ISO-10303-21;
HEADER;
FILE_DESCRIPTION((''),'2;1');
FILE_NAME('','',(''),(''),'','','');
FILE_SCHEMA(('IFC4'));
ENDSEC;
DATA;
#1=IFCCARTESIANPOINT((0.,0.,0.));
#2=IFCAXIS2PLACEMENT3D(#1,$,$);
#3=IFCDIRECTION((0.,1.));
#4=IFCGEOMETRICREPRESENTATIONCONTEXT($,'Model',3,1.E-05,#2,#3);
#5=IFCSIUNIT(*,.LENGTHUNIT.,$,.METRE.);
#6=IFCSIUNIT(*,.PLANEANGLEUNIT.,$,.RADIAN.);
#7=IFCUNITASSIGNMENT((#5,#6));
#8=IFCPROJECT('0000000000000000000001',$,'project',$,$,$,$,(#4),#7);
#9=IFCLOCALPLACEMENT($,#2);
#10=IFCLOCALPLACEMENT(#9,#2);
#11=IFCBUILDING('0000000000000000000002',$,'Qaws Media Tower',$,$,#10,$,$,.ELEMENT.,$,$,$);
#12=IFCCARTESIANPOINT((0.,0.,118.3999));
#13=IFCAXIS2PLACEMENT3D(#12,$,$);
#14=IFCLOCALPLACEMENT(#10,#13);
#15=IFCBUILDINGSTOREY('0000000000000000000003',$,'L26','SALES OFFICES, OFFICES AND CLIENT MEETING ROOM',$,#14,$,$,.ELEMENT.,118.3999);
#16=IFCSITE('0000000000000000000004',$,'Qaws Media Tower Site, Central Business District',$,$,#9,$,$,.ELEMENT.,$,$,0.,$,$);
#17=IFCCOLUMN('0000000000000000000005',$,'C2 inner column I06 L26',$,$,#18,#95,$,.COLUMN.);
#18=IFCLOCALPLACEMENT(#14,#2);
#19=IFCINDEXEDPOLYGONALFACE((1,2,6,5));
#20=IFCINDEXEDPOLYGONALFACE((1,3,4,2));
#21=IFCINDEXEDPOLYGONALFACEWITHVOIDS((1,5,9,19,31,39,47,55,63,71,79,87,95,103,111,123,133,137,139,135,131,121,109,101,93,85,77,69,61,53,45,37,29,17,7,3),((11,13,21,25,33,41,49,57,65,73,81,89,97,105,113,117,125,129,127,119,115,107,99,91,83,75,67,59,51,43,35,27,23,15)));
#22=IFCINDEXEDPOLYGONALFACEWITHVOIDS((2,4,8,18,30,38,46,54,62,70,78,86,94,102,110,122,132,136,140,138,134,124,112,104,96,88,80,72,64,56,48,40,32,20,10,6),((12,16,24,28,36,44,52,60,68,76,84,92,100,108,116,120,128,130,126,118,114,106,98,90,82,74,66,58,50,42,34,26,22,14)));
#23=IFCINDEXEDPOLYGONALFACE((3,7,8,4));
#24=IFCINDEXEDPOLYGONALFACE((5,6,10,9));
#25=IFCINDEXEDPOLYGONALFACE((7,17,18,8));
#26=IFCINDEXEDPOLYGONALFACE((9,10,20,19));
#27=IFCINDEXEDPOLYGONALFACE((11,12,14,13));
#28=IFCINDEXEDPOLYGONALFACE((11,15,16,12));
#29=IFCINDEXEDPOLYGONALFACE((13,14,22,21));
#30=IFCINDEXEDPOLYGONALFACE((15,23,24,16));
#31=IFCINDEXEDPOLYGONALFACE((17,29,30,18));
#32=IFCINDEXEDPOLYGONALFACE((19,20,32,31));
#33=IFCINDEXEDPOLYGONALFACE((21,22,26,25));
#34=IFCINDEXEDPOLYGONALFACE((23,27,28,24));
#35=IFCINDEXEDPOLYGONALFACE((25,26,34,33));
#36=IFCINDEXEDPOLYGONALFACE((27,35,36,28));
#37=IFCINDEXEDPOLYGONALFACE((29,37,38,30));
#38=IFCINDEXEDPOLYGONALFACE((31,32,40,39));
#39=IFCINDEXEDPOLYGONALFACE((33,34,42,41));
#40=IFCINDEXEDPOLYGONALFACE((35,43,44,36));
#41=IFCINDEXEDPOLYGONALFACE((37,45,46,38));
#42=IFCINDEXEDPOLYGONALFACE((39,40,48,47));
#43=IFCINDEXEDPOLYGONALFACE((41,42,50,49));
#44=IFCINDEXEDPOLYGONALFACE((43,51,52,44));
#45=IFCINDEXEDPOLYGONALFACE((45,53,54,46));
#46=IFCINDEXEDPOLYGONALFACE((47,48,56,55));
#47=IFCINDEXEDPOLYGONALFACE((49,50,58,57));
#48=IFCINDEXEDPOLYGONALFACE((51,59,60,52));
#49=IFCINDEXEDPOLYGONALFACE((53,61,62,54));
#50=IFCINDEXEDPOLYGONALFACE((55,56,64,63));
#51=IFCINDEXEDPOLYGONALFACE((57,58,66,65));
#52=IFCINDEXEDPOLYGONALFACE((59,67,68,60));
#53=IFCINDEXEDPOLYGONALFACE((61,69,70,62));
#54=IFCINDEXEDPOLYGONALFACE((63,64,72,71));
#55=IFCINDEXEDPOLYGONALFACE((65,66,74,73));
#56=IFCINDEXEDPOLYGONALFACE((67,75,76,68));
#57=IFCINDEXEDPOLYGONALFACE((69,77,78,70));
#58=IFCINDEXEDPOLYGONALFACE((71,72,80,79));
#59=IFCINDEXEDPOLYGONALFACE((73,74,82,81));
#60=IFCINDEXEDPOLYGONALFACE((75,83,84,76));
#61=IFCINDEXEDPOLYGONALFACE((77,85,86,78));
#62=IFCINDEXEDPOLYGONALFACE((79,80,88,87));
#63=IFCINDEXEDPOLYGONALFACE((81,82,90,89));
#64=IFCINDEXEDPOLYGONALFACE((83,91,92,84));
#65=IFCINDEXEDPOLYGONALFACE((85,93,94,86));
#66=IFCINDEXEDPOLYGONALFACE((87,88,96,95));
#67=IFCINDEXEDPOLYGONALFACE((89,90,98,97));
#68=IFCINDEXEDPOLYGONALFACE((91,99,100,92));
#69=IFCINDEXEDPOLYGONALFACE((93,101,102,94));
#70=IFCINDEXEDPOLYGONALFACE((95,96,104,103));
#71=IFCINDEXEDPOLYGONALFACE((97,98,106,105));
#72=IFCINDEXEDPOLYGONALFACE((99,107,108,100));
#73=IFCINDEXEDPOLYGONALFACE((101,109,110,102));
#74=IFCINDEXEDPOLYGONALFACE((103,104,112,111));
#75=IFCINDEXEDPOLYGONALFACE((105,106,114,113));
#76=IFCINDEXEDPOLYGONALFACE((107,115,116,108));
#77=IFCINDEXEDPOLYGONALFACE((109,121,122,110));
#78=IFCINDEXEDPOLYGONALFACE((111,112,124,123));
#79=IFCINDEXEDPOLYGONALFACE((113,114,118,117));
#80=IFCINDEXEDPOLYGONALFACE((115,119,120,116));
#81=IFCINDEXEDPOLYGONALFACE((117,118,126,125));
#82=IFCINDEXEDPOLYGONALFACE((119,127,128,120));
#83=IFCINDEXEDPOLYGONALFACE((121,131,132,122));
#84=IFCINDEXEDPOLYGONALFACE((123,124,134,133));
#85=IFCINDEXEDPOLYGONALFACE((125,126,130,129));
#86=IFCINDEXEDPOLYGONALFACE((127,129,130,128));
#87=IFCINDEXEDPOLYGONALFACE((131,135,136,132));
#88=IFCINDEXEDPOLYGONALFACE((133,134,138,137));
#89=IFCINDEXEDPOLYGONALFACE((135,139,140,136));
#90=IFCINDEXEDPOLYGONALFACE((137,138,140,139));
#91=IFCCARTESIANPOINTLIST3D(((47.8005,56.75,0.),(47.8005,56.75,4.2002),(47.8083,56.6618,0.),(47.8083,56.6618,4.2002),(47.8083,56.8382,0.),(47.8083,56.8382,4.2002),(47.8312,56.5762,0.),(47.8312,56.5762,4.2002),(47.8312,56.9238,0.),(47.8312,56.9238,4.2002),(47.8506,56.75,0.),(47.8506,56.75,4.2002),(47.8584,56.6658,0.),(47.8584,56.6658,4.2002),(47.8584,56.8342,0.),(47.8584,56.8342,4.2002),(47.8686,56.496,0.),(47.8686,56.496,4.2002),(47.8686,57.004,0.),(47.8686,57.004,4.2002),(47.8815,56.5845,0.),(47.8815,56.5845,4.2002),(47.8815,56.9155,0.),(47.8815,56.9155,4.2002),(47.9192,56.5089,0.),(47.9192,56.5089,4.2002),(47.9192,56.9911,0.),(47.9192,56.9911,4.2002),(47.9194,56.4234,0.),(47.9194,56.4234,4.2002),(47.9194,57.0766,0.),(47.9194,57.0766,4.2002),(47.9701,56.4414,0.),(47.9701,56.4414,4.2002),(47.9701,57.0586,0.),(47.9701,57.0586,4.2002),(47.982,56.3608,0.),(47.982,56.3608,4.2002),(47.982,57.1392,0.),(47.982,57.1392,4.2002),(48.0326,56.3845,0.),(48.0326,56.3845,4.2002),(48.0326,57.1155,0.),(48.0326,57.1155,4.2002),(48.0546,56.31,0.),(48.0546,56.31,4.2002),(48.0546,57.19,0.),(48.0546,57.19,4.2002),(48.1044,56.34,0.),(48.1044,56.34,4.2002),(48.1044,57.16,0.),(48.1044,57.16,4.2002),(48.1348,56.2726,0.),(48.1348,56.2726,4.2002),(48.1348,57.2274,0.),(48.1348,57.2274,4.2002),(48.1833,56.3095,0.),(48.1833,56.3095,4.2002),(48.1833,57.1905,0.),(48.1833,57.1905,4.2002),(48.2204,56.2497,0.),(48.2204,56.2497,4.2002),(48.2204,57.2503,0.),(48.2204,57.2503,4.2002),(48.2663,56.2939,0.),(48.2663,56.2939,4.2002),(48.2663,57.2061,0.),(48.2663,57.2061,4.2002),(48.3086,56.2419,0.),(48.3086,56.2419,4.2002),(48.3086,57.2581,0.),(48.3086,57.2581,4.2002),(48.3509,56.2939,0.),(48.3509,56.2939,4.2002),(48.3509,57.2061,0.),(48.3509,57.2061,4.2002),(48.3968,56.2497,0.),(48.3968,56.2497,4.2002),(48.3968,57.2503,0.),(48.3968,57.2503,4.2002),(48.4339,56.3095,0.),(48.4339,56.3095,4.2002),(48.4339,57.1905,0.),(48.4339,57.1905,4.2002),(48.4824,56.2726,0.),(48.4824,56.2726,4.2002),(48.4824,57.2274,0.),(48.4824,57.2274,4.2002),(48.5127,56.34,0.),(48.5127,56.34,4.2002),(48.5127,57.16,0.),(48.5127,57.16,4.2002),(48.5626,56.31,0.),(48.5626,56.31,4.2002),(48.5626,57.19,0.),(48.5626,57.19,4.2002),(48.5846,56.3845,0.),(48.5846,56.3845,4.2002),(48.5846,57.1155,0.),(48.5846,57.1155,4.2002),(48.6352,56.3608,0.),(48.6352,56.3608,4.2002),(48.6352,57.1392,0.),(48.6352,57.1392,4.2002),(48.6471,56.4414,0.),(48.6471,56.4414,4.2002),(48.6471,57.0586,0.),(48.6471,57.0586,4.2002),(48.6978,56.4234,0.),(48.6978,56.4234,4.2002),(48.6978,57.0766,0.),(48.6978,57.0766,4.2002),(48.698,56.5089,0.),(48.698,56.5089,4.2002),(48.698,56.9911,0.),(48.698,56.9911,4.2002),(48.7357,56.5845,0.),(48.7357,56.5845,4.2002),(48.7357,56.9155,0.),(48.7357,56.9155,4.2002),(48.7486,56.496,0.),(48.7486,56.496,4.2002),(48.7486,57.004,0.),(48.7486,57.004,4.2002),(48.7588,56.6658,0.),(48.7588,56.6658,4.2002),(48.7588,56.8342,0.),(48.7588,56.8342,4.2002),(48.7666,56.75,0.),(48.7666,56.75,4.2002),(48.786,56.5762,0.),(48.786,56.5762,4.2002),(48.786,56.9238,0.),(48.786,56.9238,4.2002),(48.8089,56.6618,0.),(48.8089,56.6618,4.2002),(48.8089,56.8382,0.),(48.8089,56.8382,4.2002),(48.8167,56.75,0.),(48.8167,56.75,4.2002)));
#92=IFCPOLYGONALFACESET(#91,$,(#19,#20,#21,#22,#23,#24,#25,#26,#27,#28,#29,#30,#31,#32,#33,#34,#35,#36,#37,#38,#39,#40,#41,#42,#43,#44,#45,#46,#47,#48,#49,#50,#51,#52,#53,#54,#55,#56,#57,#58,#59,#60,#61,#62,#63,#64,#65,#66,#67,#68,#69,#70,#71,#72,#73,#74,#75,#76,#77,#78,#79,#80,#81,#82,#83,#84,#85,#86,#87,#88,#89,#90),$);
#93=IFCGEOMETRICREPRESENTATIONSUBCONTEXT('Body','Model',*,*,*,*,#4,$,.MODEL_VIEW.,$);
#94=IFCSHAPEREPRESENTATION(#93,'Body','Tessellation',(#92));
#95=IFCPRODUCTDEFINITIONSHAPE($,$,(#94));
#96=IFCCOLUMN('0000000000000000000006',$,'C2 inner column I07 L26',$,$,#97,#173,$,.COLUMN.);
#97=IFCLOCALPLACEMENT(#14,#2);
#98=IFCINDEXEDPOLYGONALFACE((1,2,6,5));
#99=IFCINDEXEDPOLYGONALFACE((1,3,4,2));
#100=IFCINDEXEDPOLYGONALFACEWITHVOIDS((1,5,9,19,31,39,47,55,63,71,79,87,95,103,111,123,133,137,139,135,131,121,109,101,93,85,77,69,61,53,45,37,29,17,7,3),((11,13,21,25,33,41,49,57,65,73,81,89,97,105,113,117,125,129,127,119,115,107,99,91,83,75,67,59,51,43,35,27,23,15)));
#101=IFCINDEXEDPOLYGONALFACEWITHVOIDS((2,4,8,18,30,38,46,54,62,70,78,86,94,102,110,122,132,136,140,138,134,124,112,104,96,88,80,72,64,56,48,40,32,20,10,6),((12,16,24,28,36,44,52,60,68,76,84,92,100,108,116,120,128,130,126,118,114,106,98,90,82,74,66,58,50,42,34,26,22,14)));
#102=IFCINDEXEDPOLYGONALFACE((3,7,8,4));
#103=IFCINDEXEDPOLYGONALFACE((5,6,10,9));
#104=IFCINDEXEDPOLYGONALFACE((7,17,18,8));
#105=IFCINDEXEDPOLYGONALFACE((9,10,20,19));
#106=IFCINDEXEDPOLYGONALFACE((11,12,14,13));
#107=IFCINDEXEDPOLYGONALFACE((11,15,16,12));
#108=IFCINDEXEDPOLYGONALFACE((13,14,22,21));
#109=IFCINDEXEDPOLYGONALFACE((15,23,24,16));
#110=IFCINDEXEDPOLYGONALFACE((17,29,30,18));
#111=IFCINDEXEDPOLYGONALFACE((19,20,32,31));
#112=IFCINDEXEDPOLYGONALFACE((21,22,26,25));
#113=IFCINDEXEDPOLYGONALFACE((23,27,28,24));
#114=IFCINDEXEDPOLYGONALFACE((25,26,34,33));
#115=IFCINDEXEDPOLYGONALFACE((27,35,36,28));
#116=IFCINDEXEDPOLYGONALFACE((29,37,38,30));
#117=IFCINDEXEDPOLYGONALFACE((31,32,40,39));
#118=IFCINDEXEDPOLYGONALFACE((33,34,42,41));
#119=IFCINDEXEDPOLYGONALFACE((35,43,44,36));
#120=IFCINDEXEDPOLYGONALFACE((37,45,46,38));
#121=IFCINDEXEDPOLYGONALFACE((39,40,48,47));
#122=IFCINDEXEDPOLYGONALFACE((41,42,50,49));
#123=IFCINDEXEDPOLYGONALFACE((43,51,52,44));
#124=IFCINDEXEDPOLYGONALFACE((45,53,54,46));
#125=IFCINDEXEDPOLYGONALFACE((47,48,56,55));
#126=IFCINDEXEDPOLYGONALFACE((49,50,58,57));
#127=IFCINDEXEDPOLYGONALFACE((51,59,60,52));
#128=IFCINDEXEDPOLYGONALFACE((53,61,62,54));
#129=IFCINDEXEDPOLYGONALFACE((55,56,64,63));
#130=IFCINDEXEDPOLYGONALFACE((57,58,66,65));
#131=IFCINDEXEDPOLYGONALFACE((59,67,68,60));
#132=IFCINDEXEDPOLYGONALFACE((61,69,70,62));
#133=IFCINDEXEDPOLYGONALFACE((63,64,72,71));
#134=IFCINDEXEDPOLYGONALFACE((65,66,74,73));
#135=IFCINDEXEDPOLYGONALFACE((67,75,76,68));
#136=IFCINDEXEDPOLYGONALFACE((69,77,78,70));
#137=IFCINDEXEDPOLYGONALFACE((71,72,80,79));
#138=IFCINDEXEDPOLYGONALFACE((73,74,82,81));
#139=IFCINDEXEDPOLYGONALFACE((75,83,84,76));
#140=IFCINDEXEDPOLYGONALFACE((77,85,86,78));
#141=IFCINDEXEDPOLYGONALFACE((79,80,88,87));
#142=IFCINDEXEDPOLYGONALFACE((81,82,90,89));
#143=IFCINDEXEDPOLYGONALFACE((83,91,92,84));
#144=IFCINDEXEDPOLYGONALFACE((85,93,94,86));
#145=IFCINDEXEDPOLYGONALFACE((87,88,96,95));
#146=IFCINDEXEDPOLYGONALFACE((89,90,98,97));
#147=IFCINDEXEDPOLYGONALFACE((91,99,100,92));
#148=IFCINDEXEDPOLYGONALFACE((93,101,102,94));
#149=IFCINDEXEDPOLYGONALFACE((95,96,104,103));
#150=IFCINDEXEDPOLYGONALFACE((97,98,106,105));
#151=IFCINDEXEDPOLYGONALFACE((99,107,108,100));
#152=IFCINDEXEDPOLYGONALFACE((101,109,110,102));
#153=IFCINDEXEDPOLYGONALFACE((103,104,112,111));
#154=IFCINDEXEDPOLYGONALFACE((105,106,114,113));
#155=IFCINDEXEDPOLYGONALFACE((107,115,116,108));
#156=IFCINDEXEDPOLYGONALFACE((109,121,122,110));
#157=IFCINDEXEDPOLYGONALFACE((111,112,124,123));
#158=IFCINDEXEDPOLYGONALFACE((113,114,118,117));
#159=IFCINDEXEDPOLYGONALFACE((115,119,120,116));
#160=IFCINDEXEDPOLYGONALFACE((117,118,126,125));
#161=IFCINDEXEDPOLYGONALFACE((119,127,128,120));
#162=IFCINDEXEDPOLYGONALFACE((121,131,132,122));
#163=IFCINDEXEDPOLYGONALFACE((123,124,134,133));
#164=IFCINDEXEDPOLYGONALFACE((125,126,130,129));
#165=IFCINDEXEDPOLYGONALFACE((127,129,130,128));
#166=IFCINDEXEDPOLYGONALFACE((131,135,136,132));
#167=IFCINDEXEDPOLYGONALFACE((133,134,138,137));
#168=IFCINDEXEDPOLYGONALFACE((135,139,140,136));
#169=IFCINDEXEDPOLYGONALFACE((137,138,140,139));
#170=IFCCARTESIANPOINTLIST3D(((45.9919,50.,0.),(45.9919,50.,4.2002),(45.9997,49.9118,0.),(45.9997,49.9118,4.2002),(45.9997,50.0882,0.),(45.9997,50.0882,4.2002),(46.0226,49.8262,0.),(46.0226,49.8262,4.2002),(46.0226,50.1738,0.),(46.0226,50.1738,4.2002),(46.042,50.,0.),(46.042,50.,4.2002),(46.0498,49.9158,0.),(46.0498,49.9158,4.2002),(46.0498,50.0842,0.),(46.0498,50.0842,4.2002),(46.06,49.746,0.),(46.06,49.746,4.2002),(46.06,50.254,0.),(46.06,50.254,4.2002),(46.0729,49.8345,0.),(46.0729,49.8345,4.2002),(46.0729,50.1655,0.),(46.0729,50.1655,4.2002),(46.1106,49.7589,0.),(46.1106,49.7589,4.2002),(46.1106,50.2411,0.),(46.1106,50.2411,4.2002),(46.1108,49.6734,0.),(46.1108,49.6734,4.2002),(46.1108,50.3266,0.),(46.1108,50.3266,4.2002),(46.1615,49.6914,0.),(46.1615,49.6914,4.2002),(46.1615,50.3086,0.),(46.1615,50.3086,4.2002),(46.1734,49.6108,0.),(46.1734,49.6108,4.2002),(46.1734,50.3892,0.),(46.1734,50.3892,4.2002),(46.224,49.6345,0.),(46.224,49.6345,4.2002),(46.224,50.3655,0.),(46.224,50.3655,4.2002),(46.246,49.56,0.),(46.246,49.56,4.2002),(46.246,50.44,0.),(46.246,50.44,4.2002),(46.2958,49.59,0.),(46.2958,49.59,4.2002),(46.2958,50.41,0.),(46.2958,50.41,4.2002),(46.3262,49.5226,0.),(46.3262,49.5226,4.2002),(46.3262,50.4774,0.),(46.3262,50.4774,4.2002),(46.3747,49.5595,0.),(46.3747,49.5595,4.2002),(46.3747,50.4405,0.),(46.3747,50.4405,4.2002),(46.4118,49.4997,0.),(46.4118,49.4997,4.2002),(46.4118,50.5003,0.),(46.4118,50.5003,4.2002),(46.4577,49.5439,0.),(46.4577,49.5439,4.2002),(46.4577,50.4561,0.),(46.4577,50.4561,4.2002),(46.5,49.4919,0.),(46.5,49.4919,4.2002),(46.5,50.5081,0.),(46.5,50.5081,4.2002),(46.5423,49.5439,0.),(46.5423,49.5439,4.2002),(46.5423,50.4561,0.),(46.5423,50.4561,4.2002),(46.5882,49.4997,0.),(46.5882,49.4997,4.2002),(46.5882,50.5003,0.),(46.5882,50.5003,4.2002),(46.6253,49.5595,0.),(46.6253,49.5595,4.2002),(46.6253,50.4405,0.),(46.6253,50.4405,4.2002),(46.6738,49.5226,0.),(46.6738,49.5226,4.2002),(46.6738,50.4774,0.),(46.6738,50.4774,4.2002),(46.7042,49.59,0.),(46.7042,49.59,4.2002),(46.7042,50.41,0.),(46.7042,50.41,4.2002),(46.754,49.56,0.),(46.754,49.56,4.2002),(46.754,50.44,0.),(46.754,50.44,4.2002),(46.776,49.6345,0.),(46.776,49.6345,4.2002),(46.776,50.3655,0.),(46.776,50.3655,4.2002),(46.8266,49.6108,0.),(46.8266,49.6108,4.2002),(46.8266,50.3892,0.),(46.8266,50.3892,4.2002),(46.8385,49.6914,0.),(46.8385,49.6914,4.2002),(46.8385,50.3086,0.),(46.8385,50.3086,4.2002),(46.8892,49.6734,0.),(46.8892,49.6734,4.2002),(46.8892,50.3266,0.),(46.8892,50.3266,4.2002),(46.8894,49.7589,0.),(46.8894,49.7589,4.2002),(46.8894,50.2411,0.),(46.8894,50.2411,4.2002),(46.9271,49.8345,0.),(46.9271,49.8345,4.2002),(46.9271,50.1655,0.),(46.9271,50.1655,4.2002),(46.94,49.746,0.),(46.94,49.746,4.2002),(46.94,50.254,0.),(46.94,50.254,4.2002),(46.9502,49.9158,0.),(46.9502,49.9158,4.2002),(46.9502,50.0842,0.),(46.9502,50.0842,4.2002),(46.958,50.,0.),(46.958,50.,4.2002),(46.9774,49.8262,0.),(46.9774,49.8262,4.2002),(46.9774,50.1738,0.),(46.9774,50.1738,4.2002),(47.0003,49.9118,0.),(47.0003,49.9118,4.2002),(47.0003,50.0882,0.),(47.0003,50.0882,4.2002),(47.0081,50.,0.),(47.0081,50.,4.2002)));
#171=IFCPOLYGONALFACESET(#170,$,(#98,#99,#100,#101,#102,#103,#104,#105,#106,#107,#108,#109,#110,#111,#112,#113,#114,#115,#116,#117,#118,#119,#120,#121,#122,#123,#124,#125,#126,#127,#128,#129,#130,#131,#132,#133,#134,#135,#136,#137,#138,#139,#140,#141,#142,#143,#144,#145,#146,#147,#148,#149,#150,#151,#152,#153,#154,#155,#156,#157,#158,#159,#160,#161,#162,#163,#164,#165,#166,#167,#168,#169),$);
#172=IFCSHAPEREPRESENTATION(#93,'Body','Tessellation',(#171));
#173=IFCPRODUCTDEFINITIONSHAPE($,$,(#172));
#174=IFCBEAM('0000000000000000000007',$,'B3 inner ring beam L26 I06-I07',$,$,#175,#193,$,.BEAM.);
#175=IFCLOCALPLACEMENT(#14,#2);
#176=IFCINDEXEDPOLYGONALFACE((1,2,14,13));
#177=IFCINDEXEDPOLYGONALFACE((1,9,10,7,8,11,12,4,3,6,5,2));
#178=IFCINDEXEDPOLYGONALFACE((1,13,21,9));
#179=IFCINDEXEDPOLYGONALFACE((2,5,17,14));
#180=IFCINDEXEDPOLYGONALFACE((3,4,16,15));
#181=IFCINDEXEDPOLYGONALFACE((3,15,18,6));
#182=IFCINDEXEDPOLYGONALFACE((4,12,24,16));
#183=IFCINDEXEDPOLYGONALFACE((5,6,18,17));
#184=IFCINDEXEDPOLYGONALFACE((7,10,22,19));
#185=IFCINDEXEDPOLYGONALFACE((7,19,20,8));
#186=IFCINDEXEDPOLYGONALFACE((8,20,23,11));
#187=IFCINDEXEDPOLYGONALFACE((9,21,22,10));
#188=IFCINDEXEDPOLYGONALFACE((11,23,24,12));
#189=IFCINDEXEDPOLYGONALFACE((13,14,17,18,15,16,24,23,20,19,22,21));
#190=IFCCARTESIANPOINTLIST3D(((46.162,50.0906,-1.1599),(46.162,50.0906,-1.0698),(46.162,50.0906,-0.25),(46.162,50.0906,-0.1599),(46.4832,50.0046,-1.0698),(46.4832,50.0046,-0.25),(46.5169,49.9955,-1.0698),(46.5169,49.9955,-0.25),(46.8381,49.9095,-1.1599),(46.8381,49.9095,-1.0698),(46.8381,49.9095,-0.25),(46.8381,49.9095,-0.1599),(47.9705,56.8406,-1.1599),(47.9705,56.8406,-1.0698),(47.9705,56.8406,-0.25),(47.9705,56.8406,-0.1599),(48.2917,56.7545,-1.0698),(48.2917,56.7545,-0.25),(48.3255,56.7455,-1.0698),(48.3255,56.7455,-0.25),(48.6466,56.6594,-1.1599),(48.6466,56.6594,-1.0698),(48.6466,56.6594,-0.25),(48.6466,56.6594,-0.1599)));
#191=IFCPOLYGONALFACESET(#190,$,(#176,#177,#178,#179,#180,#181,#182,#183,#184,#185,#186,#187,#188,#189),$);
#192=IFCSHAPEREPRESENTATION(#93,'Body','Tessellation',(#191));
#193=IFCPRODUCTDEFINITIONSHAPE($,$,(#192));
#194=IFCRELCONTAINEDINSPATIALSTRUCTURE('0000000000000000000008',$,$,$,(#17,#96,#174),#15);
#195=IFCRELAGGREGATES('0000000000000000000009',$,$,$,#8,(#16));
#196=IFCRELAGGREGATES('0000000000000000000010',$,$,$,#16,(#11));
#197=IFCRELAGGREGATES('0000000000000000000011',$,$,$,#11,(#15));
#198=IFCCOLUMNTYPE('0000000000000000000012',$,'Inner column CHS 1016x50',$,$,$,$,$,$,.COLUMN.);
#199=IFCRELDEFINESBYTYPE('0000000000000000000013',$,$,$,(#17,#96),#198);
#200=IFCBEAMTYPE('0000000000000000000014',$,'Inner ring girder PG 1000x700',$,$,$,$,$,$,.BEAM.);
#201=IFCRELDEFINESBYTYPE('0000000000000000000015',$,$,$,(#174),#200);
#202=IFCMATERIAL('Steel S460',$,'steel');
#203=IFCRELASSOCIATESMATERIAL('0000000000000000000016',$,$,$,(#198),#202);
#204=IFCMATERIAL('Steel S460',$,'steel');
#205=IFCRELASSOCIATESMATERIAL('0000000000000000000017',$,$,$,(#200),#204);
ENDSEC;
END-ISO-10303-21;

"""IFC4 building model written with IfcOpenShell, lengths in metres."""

from ifc_helpers import new_model, si_unit, direction, frame, origin, origin_2d, place, context, subcontext, project, spatial, hollow_circle, i_section, extrude, material, material_profile, profile_set, type_object, element, save


model = new_model("IFC4")

# Units and contexts
model_context = context("Model", 3, precision=1e-05, world=origin(), true_north=direction((0.0, 1.0)))
body_context = subcontext(model_context, "Body", "Model", "MODEL_VIEW")
ifc_project = project(units=[si_unit("LENGTHUNIT", "METRE"), si_unit("PLANEANGLEUNIT", "RADIAN")], contexts=[model_context])

# Site, building, storey
site_placement = place(None, origin())
site = spatial("IfcSite", under=ifc_project, at=site_placement, Name="Qaws Media Tower Site, Central Business District", CompositionType="ELEMENT", RefElevation=0.0)
building_placement = place(site_placement, origin())
building = spatial("IfcBuilding", under=site, at=building_placement, Name="Qaws Media Tower", CompositionType="ELEMENT")
storey_placement = place(building_placement, frame((0.0, 0.0, 118.3999)))
storey = spatial("IfcBuildingStorey", under=building, at=storey_placement, Name="L26", Description="SALES OFFICES, OFFICES AND CLIENT MEETING ROOM", CompositionType="ELEMENT", Elevation=118.3999)

# Columns
ifc_material_1 = material(Name="Steel S460", Category="steel")
ifc_material_profile_1 = material_profile(ifc_material_1, hollow_circle(Radius=0.5081, WallThickness=0.05, at=origin_2d()), Name="CHS 1016x50")
ifc_profile_set_1 = profile_set([ifc_material_profile_1], Name="Steel S460")
column_type = type_object("IfcColumnType", Name="Inner column CHS 1016x50", PredefinedType="COLUMN", material=ifc_profile_set_1)
for number, where, z_axis, x_axis, name in (
    (1, (48.3086, 56.75, 0.0), (0.0, 0.0, 1.0), (1.0, 0.0, 0.0), "C2 inner column I06 L26"),
    (2, (46.5, 50.0, 0.0), (0.0, 0.0, 1.0), (1.0, 0.0, 0.0), "C2 inner column I07 L26"),
):
    element("IfcColumn", number, at=place(storey_placement, frame(where, z_axis=z_axis, x_axis=x_axis)), inside=storey, type_object=column_type, Name=name, PredefinedType="COLUMN", context=body_context, shape_type="SweptSolid", body=[
        extrude(hollow_circle(Radius=0.5081, WallThickness=0.05, at=origin_2d()), origin(), (0.0, 0.0, 1.0), 4.2002),
    ])

# Beam
ifc_material_2 = material(Name="Steel S460", Category="steel")
ifc_material_profile_2 = material_profile(ifc_material_2, i_section(OverallWidth=0.7, OverallDepth=1.0, WebThickness=0.0349, FlangeThickness=0.0901, at=origin_2d()), Name="PG 1000x700")
ifc_profile_set_2 = profile_set([ifc_material_profile_2], Name="Steel S460")
beam_type_1 = type_object("IfcBeamType", Name="Inner ring girder PG 1000x700", PredefinedType="BEAM", material=ifc_profile_set_2)
for number, where, z_axis, x_axis, name in (
    (3, (48.3086, 56.75, -0.6599), (-0.258811, -0.965928, 0.0), (0.965928, -0.258811, 0.0), "B3 inner ring beam L26 I06-I07"),
):
    element("IfcBeam", number, at=place(storey_placement, frame(where, z_axis=z_axis, x_axis=x_axis)), inside=storey, type_object=beam_type_1, Name=name, PredefinedType="BEAM", context=body_context, shape_type="SweptSolid", body=[
        extrude(i_section(OverallWidth=0.7, OverallDepth=1.0, WebThickness=0.0349, FlangeThickness=0.0901, at=origin_2d()), origin(), (0.0, 0.0, 1.0), 6.988),
    ])

save(model, "model.ifc")
